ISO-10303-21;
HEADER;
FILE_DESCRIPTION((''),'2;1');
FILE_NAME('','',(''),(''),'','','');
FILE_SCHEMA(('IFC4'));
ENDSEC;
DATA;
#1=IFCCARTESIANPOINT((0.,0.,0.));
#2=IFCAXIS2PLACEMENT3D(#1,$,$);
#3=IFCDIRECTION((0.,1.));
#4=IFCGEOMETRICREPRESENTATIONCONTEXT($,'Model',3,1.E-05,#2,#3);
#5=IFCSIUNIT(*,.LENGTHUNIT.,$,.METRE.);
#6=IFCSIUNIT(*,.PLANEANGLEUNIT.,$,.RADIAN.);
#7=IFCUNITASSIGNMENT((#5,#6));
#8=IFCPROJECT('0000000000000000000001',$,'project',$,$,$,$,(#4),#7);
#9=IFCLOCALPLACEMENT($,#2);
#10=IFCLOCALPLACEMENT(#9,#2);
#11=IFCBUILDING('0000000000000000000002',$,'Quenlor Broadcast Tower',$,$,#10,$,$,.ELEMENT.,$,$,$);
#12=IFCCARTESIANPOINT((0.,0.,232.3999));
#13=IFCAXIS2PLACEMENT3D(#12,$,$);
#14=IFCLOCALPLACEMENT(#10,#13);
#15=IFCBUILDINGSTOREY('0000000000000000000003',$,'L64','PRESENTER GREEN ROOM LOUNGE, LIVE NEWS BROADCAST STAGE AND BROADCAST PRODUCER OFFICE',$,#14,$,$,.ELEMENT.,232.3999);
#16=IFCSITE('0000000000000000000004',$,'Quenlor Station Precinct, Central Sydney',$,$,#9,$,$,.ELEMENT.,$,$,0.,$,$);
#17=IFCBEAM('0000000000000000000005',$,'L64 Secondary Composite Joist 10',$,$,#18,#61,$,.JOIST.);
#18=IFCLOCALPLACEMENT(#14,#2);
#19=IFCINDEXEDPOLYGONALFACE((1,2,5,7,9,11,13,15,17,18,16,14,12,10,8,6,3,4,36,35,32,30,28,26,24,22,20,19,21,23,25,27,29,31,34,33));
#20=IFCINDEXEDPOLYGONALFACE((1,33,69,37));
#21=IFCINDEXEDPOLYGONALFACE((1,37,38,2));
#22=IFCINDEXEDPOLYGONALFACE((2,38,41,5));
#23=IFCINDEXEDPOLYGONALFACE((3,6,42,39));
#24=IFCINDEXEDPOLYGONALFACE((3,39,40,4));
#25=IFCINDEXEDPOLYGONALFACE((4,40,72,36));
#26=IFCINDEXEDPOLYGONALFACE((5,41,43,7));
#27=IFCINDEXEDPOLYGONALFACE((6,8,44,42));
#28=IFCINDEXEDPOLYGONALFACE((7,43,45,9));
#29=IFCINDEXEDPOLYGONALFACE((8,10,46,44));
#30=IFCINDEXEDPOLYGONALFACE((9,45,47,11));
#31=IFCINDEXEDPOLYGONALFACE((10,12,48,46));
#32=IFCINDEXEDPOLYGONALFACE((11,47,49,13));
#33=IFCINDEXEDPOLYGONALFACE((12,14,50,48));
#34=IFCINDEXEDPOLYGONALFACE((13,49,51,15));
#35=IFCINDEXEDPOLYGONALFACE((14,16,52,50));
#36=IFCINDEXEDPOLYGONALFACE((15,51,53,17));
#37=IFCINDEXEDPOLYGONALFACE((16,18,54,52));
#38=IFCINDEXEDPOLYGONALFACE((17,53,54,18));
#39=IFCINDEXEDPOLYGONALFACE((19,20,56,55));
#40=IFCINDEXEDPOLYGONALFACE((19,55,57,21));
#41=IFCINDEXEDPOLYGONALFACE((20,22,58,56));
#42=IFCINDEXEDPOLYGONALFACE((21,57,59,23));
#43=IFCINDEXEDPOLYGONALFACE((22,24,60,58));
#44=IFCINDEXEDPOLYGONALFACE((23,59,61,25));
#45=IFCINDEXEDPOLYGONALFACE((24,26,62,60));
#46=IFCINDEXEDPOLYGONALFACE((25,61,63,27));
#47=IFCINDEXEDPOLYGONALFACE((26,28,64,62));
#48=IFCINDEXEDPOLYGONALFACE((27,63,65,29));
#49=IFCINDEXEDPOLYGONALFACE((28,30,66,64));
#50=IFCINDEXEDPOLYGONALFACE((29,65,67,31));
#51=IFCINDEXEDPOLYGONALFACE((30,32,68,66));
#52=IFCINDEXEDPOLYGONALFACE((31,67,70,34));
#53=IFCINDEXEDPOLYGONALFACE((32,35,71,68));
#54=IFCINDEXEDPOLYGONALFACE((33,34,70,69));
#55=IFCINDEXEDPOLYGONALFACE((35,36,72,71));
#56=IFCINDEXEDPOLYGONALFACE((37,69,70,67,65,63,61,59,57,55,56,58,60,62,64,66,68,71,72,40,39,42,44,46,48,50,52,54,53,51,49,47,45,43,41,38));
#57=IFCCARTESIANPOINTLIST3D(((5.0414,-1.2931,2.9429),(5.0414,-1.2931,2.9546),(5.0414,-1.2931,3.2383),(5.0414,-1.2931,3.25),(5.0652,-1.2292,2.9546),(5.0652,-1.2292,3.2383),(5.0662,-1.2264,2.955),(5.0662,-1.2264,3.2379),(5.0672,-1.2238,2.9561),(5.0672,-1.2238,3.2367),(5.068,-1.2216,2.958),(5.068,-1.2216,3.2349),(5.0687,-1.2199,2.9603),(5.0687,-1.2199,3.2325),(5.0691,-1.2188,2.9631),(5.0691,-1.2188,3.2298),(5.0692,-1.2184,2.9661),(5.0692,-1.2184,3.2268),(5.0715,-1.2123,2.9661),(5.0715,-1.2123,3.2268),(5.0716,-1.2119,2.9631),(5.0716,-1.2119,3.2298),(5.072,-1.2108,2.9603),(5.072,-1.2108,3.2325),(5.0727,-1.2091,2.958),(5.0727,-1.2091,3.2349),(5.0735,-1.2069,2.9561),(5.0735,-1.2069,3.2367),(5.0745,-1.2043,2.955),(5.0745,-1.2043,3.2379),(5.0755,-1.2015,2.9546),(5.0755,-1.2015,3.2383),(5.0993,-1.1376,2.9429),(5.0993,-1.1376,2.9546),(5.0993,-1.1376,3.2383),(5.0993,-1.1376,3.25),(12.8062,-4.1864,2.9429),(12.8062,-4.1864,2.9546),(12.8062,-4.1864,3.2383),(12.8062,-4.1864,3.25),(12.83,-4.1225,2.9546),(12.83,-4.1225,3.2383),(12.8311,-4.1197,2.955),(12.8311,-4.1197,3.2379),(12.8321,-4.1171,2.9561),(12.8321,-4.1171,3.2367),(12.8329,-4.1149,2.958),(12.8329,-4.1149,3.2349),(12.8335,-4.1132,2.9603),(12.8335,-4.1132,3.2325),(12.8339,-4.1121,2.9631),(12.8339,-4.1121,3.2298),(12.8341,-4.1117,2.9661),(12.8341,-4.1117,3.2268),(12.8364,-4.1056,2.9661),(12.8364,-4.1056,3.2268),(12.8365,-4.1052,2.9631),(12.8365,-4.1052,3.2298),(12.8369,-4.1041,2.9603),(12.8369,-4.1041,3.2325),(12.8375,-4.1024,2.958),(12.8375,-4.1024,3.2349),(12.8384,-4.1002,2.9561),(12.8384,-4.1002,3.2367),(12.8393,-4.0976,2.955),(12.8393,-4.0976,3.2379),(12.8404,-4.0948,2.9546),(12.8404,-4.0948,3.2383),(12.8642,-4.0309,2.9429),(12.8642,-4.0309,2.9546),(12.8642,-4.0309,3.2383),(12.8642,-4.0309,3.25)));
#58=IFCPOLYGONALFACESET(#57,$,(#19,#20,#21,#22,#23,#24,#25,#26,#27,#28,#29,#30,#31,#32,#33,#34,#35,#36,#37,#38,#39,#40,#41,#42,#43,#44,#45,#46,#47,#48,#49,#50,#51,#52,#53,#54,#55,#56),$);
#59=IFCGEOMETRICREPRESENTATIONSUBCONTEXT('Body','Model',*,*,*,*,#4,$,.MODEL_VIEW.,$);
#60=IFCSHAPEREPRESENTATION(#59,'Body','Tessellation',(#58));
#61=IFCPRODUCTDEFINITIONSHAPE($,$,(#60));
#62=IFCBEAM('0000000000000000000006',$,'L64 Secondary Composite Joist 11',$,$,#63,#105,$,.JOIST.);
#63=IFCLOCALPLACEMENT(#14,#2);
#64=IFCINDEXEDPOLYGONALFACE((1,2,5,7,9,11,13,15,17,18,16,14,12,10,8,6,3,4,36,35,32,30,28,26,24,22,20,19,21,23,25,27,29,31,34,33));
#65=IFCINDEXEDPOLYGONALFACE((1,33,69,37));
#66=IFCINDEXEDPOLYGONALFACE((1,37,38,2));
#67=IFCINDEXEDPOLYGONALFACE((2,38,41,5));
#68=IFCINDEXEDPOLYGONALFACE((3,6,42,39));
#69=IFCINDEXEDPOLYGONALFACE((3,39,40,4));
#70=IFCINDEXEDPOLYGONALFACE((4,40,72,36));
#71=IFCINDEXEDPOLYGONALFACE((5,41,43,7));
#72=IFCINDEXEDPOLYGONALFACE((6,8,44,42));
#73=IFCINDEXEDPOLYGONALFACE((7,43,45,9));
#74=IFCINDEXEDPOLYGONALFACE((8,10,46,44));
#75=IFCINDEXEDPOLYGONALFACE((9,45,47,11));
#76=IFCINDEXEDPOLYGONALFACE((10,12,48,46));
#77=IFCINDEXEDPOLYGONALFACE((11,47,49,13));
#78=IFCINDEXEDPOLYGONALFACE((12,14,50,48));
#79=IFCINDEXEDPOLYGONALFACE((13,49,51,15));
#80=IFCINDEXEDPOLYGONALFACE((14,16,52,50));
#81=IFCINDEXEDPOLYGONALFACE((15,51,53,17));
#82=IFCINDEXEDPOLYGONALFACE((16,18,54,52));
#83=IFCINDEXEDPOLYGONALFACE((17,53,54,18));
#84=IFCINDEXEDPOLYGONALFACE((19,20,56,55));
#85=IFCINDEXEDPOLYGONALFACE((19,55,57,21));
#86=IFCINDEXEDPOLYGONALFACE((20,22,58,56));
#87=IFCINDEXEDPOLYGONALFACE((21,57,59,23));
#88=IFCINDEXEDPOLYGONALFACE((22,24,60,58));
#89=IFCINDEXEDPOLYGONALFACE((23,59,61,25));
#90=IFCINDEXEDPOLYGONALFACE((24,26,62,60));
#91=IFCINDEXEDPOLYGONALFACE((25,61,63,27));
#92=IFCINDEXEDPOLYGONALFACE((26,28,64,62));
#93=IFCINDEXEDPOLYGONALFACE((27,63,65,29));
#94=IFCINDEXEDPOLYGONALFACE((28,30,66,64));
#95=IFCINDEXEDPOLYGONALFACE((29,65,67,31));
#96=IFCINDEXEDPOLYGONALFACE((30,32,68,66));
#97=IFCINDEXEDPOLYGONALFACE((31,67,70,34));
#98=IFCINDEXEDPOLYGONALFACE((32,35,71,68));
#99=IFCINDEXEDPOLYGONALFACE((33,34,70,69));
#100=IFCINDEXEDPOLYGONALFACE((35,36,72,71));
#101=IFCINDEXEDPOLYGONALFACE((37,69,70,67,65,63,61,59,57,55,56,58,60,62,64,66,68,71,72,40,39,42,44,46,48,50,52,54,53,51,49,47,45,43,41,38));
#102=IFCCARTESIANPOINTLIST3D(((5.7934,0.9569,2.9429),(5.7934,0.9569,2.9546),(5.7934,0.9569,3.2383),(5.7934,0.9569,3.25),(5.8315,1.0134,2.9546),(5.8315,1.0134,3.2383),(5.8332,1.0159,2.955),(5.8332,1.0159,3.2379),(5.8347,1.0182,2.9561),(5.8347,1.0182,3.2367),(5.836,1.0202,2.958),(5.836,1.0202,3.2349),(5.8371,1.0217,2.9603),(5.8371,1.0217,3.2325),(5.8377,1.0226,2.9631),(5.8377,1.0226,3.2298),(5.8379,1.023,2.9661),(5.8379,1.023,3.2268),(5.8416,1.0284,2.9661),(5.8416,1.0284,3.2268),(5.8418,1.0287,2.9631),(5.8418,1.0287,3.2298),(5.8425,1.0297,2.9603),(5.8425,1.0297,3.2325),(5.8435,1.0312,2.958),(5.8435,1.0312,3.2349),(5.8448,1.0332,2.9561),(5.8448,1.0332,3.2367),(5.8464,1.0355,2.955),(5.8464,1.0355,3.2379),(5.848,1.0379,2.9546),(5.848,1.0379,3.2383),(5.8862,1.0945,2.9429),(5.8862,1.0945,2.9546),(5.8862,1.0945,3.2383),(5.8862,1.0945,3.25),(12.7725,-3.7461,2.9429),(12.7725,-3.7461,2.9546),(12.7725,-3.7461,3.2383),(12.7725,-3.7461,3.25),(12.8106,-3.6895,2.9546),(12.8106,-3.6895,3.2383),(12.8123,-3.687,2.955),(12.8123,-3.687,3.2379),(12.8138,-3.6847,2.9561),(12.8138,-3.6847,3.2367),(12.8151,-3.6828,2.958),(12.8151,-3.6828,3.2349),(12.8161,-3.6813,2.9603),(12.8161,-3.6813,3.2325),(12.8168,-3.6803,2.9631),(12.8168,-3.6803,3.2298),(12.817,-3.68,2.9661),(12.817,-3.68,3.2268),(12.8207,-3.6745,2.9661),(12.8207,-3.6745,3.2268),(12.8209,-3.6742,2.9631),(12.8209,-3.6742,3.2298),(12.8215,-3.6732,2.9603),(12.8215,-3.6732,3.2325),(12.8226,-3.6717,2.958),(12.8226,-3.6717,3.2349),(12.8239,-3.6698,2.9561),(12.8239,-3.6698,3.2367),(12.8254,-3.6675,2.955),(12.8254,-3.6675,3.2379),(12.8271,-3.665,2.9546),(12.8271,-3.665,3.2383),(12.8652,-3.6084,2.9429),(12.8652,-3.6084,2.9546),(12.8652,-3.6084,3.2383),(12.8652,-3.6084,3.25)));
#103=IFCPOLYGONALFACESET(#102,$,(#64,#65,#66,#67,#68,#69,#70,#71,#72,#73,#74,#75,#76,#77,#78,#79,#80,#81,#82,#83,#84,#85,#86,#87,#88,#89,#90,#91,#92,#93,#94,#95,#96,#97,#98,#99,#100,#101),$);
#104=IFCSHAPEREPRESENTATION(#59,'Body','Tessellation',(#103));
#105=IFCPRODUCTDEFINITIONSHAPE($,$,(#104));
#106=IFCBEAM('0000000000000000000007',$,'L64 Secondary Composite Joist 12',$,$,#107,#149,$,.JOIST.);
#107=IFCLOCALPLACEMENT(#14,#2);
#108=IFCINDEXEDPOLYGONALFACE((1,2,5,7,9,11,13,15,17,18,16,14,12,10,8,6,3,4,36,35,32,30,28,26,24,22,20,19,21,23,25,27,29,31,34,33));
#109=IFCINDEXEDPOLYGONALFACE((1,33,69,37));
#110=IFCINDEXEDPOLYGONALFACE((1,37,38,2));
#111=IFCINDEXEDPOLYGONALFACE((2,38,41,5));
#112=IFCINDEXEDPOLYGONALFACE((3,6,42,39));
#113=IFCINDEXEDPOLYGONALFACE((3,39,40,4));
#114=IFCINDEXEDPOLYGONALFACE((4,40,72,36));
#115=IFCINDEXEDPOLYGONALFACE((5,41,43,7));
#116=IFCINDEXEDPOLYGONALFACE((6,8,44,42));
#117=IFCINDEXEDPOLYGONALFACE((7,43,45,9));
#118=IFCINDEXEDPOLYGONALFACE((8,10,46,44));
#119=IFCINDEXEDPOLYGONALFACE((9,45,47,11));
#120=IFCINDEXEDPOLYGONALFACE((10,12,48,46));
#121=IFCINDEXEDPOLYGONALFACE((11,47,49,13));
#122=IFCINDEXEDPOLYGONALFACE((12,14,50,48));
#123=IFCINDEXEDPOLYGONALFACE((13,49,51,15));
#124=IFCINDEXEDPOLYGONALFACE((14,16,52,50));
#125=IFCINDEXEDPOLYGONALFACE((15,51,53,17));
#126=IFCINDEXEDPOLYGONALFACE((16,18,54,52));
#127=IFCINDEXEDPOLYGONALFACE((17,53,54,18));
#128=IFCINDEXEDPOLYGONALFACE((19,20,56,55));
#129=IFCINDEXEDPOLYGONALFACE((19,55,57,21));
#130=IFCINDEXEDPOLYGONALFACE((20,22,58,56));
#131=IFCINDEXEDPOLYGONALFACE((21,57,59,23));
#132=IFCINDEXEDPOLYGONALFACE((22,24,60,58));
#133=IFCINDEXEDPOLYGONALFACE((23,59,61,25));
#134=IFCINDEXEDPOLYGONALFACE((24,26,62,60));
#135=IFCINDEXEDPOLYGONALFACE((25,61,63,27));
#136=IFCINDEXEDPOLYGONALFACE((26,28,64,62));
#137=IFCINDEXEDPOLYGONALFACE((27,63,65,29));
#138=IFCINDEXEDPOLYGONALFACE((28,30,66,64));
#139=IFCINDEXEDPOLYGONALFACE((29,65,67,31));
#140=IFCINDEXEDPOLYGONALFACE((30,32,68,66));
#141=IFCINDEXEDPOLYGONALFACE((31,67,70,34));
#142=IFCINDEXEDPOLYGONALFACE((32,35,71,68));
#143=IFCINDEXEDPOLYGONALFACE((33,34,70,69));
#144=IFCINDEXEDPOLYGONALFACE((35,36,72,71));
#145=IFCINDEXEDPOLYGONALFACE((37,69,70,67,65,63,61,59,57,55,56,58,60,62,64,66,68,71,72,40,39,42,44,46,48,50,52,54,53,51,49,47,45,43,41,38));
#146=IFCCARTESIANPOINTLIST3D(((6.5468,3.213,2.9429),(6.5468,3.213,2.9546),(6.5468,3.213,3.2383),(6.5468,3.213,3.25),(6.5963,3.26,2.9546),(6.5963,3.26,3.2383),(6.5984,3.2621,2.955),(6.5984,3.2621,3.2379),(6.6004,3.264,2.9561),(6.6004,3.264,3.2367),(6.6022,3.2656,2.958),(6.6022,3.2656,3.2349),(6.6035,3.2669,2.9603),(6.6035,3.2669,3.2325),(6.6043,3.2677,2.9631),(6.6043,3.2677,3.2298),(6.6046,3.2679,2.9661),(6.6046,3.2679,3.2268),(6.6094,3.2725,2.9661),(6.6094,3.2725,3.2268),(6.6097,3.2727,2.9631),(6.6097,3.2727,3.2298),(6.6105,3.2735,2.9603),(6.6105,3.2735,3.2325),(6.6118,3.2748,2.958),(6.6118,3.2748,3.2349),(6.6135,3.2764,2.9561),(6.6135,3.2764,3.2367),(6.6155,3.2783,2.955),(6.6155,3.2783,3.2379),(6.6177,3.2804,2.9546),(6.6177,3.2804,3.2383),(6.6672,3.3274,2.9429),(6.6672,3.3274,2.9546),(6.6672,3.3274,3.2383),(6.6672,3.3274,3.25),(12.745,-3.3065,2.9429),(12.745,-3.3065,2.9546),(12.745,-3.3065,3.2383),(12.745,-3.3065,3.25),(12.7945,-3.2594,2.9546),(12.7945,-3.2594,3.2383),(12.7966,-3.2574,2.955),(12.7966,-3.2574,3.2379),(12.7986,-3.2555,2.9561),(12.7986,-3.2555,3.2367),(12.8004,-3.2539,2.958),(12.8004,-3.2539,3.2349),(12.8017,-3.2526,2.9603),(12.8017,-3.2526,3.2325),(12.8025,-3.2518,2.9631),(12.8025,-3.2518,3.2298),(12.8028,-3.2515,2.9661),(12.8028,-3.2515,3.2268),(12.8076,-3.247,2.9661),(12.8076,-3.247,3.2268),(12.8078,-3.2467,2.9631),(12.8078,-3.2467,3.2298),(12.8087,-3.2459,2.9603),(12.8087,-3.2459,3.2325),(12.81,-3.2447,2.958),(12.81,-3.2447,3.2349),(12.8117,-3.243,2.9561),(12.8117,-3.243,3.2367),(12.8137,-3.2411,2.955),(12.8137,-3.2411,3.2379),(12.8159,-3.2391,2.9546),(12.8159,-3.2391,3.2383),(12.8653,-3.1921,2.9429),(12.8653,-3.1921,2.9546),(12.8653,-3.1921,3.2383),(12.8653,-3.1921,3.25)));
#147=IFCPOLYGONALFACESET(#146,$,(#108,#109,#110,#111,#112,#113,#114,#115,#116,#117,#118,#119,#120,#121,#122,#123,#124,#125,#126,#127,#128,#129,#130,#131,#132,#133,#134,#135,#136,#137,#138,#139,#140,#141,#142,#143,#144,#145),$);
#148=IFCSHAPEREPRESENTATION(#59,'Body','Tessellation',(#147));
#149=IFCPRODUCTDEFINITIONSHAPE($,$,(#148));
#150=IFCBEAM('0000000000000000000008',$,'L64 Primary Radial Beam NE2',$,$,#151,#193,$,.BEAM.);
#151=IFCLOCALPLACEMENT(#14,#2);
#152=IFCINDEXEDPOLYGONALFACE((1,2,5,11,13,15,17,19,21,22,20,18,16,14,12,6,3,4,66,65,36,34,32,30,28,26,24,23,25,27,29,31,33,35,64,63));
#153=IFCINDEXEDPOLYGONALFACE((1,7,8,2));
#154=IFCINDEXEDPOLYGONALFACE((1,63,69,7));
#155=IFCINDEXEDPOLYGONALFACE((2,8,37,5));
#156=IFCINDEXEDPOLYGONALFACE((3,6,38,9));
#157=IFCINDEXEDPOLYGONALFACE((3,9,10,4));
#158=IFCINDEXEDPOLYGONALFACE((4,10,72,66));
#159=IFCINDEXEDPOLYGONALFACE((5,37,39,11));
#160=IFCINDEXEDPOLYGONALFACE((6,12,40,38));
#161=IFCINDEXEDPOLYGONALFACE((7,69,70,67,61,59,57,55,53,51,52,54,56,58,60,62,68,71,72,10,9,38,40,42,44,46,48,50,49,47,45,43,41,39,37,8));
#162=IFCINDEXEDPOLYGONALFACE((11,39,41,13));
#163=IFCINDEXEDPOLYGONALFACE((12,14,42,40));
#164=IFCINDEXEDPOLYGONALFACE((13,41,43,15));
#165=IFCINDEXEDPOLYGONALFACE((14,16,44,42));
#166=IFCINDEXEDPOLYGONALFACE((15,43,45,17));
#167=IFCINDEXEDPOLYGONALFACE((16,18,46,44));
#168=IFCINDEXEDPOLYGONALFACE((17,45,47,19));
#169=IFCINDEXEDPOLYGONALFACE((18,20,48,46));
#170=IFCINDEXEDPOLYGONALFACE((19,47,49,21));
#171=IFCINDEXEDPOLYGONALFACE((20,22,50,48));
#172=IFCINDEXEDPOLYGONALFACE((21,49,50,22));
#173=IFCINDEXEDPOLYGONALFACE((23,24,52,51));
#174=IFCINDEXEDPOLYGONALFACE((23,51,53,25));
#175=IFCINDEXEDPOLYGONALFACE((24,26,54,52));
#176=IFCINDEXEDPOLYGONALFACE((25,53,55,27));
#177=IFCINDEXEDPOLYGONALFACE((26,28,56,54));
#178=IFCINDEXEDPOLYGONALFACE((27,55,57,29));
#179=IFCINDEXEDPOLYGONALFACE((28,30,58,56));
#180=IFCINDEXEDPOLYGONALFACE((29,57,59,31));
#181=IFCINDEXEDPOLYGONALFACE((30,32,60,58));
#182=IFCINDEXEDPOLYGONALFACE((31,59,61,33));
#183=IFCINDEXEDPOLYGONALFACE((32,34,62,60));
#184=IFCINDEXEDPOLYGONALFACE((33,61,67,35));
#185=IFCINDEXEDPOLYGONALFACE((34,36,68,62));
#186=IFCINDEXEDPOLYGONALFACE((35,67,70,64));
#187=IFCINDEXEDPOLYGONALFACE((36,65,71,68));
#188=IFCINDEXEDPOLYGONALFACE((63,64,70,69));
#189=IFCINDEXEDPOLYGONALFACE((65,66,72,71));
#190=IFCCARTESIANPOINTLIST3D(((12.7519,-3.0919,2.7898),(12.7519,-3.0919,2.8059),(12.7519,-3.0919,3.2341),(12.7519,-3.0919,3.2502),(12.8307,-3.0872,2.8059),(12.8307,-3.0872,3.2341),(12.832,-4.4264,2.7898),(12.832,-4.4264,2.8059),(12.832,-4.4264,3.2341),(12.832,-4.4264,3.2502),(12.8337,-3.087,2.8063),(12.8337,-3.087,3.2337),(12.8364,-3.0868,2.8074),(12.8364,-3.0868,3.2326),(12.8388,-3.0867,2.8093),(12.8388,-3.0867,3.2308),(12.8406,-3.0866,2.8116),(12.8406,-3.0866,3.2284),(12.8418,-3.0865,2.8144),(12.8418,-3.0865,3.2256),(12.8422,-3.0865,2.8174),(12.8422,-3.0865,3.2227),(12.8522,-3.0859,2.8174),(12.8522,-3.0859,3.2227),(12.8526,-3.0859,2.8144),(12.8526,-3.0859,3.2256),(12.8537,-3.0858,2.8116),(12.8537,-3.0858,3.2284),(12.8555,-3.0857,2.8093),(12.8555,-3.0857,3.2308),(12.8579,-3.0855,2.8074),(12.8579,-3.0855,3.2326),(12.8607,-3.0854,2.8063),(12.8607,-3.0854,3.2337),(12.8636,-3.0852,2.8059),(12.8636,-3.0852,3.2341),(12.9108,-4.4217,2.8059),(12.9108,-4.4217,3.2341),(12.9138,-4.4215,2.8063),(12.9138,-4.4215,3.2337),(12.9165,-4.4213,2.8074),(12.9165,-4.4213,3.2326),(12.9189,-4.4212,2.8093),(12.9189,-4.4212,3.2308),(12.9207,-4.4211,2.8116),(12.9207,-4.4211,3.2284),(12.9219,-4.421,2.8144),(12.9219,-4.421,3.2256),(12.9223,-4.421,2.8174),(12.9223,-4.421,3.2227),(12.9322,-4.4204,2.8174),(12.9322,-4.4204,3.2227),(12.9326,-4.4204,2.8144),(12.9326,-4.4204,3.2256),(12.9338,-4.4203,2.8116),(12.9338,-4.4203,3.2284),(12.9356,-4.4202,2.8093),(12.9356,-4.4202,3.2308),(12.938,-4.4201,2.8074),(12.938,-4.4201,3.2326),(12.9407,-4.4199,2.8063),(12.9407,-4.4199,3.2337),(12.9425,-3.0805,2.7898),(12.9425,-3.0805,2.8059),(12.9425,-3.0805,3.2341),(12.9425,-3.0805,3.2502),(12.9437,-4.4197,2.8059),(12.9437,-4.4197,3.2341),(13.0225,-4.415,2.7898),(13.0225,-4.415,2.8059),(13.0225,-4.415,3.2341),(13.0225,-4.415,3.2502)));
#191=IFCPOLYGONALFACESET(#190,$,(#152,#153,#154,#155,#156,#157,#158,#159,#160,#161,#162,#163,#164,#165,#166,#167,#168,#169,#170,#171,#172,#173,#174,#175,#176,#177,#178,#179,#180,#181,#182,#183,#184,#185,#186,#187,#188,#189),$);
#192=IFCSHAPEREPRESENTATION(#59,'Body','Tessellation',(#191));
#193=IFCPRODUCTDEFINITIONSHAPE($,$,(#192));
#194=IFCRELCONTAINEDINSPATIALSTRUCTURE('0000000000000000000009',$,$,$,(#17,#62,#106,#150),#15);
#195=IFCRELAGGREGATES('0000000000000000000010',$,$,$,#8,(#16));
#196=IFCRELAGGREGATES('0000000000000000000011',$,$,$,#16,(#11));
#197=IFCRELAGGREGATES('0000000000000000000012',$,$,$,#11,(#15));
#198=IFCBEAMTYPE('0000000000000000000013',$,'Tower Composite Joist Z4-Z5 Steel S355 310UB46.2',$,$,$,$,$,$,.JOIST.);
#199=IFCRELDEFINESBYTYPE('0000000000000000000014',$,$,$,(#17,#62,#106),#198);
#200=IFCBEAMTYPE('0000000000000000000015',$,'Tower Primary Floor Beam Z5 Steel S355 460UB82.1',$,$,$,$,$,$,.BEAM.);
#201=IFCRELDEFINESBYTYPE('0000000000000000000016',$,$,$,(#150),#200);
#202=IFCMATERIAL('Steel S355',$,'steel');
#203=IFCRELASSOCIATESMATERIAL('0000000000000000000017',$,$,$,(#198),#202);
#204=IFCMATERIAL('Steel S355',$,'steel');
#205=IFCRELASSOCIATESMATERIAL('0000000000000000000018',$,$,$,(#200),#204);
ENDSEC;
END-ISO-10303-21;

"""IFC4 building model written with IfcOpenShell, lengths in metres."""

from ifc_helpers import new_model, si_unit, direction, frame, origin, origin_2d, place, context, subcontext, project, spatial, i_section, extrude, material, material_profile, profile_set, type_object, element, save


model = new_model("IFC4")

# Units and contexts
model_context = context("Model", 3, precision=1e-05, world=origin(), true_north=direction((0.0, 1.0)))
body_context = subcontext(model_context, "Body", "Model", "MODEL_VIEW")
ifc_project = project(units=[si_unit("LENGTHUNIT", "METRE"), si_unit("PLANEANGLEUNIT", "RADIAN")], contexts=[model_context])

# Site, building, storey
site_placement = place(None, origin())
site = spatial("IfcSite", under=ifc_project, at=site_placement, Name="Quenlor Station Precinct, Central Sydney", CompositionType="ELEMENT", RefElevation=0.0)
building_placement = place(site_placement, origin())
building = spatial("IfcBuilding", under=site, at=building_placement, Name="Quenlor Broadcast Tower", CompositionType="ELEMENT")
storey_placement = place(building_placement, frame((0.0, 0.0, 232.3999)))
storey = spatial("IfcBuildingStorey", under=building, at=storey_placement, Name="L64", Description="PRESENTER GREEN ROOM LOUNGE, LIVE NEWS BROADCAST STAGE AND BROADCAST PRODUCER OFFICE", CompositionType="ELEMENT", Elevation=232.3999)

# Beams
ifc_material_1 = material(Name="Steel S355", Category="steel")
ifc_material_profile_1 = material_profile(ifc_material_1, i_section(OverallWidth=0.166, OverallDepth=0.3071, WebThickness=0.0066, FlangeThickness=0.0117, FilletRadius=0.0115, at=origin_2d()))
ifc_profile_set_1 = profile_set([ifc_material_profile_1], Name="Steel S355 310UB46.2")
beam_type_1 = type_object("IfcBeamType", Name="Tower Composite Joist Z4-Z5 Steel S355 310UB46.2", PredefinedType="JOIST", material=ifc_profile_set_1)
beam_1_placement = place(storey_placement, frame((12.8352, -4.1086, 3.0964), z_axis=(-0.937062, 0.349163, 0.0), x_axis=(-0.349163, -0.937062, 0.0)))
element("IfcBeam", 1, at=beam_1_placement, inside=storey, type_object=beam_type_1, Name="L64 Secondary Composite Joist 10", PredefinedType="JOIST", context=body_context, shape_type="SweptSolid", body=[
    extrude(i_section(OverallWidth=0.166, OverallDepth=0.3071, WebThickness=0.0066, FlangeThickness=0.0117, FilletRadius=0.0115, at=origin_2d()), origin(), (0.0, 0.0, 1.0), 8.2864),
])
beam_2_placement = place(storey_placement, frame((12.8188, -3.6772, 3.0964), z_axis=(-0.829286, 0.558824, 0.0), x_axis=(-0.558824, -0.829286, 0.0)))
element("IfcBeam", 2, at=beam_2_placement, inside=storey, type_object=beam_type_1, Name="L64 Secondary Composite Joist 11", PredefinedType="JOIST", context=body_context, shape_type="SweptSolid", body=[
    extrude(i_section(OverallWidth=0.166, OverallDepth=0.3071, WebThickness=0.0066, FlangeThickness=0.0117, FilletRadius=0.0115, at=origin_2d()), origin(), (0.0, 0.0, 1.0), 8.4158),
])
beam_3_placement = place(storey_placement, frame((12.8052, -3.2493, 3.0964), z_axis=(-0.689023, 0.724739, 0.0), x_axis=(-0.724739, -0.689023, 0.0)))
element("IfcBeam", 3, at=beam_3_placement, inside=storey, type_object=beam_type_1, Name="L64 Secondary Composite Joist 12", PredefinedType="JOIST", context=body_context, shape_type="SweptSolid", body=[
    extrude(i_section(OverallWidth=0.166, OverallDepth=0.3071, WebThickness=0.0066, FlangeThickness=0.0117, FilletRadius=0.0115, at=origin_2d()), origin(), (0.0, 0.0, 1.0), 8.9956),
])
ifc_material_2 = material(Name="Steel S355", Category="steel")
ifc_material_profile_2 = material_profile(ifc_material_2, i_section(OverallWidth=0.1909, OverallDepth=0.4604, WebThickness=0.01, FlangeThickness=0.0161, FilletRadius=0.0115, at=origin_2d()))
ifc_profile_set_2 = profile_set([ifc_material_profile_2], Name="Steel S355 460UB82.1")
beam_type_2 = type_object("IfcBeamType", Name="Tower Primary Floor Beam Z5 Steel S355 460UB82.1", PredefinedType="BEAM", material=ifc_profile_set_2)
beam_4_placement = place(storey_placement, frame((12.8472, -3.0862, 3.02), z_axis=(0.0599, -0.998204, 0.0), x_axis=(0.998204, 0.0599, 0.0)))
element("IfcBeam", 4, at=beam_4_placement, inside=storey, type_object=beam_type_2, Name="L64 Primary Radial Beam NE2", PredefinedType="BEAM", context=body_context, shape_type="SweptSolid", body=[
    extrude(i_section(OverallWidth=0.1909, OverallDepth=0.4604, WebThickness=0.01, FlangeThickness=0.0161, FilletRadius=0.0115, at=origin_2d()), origin(), (0.0, 0.0, 1.0), 1.3369),
])

save(model, "model.ifc")
